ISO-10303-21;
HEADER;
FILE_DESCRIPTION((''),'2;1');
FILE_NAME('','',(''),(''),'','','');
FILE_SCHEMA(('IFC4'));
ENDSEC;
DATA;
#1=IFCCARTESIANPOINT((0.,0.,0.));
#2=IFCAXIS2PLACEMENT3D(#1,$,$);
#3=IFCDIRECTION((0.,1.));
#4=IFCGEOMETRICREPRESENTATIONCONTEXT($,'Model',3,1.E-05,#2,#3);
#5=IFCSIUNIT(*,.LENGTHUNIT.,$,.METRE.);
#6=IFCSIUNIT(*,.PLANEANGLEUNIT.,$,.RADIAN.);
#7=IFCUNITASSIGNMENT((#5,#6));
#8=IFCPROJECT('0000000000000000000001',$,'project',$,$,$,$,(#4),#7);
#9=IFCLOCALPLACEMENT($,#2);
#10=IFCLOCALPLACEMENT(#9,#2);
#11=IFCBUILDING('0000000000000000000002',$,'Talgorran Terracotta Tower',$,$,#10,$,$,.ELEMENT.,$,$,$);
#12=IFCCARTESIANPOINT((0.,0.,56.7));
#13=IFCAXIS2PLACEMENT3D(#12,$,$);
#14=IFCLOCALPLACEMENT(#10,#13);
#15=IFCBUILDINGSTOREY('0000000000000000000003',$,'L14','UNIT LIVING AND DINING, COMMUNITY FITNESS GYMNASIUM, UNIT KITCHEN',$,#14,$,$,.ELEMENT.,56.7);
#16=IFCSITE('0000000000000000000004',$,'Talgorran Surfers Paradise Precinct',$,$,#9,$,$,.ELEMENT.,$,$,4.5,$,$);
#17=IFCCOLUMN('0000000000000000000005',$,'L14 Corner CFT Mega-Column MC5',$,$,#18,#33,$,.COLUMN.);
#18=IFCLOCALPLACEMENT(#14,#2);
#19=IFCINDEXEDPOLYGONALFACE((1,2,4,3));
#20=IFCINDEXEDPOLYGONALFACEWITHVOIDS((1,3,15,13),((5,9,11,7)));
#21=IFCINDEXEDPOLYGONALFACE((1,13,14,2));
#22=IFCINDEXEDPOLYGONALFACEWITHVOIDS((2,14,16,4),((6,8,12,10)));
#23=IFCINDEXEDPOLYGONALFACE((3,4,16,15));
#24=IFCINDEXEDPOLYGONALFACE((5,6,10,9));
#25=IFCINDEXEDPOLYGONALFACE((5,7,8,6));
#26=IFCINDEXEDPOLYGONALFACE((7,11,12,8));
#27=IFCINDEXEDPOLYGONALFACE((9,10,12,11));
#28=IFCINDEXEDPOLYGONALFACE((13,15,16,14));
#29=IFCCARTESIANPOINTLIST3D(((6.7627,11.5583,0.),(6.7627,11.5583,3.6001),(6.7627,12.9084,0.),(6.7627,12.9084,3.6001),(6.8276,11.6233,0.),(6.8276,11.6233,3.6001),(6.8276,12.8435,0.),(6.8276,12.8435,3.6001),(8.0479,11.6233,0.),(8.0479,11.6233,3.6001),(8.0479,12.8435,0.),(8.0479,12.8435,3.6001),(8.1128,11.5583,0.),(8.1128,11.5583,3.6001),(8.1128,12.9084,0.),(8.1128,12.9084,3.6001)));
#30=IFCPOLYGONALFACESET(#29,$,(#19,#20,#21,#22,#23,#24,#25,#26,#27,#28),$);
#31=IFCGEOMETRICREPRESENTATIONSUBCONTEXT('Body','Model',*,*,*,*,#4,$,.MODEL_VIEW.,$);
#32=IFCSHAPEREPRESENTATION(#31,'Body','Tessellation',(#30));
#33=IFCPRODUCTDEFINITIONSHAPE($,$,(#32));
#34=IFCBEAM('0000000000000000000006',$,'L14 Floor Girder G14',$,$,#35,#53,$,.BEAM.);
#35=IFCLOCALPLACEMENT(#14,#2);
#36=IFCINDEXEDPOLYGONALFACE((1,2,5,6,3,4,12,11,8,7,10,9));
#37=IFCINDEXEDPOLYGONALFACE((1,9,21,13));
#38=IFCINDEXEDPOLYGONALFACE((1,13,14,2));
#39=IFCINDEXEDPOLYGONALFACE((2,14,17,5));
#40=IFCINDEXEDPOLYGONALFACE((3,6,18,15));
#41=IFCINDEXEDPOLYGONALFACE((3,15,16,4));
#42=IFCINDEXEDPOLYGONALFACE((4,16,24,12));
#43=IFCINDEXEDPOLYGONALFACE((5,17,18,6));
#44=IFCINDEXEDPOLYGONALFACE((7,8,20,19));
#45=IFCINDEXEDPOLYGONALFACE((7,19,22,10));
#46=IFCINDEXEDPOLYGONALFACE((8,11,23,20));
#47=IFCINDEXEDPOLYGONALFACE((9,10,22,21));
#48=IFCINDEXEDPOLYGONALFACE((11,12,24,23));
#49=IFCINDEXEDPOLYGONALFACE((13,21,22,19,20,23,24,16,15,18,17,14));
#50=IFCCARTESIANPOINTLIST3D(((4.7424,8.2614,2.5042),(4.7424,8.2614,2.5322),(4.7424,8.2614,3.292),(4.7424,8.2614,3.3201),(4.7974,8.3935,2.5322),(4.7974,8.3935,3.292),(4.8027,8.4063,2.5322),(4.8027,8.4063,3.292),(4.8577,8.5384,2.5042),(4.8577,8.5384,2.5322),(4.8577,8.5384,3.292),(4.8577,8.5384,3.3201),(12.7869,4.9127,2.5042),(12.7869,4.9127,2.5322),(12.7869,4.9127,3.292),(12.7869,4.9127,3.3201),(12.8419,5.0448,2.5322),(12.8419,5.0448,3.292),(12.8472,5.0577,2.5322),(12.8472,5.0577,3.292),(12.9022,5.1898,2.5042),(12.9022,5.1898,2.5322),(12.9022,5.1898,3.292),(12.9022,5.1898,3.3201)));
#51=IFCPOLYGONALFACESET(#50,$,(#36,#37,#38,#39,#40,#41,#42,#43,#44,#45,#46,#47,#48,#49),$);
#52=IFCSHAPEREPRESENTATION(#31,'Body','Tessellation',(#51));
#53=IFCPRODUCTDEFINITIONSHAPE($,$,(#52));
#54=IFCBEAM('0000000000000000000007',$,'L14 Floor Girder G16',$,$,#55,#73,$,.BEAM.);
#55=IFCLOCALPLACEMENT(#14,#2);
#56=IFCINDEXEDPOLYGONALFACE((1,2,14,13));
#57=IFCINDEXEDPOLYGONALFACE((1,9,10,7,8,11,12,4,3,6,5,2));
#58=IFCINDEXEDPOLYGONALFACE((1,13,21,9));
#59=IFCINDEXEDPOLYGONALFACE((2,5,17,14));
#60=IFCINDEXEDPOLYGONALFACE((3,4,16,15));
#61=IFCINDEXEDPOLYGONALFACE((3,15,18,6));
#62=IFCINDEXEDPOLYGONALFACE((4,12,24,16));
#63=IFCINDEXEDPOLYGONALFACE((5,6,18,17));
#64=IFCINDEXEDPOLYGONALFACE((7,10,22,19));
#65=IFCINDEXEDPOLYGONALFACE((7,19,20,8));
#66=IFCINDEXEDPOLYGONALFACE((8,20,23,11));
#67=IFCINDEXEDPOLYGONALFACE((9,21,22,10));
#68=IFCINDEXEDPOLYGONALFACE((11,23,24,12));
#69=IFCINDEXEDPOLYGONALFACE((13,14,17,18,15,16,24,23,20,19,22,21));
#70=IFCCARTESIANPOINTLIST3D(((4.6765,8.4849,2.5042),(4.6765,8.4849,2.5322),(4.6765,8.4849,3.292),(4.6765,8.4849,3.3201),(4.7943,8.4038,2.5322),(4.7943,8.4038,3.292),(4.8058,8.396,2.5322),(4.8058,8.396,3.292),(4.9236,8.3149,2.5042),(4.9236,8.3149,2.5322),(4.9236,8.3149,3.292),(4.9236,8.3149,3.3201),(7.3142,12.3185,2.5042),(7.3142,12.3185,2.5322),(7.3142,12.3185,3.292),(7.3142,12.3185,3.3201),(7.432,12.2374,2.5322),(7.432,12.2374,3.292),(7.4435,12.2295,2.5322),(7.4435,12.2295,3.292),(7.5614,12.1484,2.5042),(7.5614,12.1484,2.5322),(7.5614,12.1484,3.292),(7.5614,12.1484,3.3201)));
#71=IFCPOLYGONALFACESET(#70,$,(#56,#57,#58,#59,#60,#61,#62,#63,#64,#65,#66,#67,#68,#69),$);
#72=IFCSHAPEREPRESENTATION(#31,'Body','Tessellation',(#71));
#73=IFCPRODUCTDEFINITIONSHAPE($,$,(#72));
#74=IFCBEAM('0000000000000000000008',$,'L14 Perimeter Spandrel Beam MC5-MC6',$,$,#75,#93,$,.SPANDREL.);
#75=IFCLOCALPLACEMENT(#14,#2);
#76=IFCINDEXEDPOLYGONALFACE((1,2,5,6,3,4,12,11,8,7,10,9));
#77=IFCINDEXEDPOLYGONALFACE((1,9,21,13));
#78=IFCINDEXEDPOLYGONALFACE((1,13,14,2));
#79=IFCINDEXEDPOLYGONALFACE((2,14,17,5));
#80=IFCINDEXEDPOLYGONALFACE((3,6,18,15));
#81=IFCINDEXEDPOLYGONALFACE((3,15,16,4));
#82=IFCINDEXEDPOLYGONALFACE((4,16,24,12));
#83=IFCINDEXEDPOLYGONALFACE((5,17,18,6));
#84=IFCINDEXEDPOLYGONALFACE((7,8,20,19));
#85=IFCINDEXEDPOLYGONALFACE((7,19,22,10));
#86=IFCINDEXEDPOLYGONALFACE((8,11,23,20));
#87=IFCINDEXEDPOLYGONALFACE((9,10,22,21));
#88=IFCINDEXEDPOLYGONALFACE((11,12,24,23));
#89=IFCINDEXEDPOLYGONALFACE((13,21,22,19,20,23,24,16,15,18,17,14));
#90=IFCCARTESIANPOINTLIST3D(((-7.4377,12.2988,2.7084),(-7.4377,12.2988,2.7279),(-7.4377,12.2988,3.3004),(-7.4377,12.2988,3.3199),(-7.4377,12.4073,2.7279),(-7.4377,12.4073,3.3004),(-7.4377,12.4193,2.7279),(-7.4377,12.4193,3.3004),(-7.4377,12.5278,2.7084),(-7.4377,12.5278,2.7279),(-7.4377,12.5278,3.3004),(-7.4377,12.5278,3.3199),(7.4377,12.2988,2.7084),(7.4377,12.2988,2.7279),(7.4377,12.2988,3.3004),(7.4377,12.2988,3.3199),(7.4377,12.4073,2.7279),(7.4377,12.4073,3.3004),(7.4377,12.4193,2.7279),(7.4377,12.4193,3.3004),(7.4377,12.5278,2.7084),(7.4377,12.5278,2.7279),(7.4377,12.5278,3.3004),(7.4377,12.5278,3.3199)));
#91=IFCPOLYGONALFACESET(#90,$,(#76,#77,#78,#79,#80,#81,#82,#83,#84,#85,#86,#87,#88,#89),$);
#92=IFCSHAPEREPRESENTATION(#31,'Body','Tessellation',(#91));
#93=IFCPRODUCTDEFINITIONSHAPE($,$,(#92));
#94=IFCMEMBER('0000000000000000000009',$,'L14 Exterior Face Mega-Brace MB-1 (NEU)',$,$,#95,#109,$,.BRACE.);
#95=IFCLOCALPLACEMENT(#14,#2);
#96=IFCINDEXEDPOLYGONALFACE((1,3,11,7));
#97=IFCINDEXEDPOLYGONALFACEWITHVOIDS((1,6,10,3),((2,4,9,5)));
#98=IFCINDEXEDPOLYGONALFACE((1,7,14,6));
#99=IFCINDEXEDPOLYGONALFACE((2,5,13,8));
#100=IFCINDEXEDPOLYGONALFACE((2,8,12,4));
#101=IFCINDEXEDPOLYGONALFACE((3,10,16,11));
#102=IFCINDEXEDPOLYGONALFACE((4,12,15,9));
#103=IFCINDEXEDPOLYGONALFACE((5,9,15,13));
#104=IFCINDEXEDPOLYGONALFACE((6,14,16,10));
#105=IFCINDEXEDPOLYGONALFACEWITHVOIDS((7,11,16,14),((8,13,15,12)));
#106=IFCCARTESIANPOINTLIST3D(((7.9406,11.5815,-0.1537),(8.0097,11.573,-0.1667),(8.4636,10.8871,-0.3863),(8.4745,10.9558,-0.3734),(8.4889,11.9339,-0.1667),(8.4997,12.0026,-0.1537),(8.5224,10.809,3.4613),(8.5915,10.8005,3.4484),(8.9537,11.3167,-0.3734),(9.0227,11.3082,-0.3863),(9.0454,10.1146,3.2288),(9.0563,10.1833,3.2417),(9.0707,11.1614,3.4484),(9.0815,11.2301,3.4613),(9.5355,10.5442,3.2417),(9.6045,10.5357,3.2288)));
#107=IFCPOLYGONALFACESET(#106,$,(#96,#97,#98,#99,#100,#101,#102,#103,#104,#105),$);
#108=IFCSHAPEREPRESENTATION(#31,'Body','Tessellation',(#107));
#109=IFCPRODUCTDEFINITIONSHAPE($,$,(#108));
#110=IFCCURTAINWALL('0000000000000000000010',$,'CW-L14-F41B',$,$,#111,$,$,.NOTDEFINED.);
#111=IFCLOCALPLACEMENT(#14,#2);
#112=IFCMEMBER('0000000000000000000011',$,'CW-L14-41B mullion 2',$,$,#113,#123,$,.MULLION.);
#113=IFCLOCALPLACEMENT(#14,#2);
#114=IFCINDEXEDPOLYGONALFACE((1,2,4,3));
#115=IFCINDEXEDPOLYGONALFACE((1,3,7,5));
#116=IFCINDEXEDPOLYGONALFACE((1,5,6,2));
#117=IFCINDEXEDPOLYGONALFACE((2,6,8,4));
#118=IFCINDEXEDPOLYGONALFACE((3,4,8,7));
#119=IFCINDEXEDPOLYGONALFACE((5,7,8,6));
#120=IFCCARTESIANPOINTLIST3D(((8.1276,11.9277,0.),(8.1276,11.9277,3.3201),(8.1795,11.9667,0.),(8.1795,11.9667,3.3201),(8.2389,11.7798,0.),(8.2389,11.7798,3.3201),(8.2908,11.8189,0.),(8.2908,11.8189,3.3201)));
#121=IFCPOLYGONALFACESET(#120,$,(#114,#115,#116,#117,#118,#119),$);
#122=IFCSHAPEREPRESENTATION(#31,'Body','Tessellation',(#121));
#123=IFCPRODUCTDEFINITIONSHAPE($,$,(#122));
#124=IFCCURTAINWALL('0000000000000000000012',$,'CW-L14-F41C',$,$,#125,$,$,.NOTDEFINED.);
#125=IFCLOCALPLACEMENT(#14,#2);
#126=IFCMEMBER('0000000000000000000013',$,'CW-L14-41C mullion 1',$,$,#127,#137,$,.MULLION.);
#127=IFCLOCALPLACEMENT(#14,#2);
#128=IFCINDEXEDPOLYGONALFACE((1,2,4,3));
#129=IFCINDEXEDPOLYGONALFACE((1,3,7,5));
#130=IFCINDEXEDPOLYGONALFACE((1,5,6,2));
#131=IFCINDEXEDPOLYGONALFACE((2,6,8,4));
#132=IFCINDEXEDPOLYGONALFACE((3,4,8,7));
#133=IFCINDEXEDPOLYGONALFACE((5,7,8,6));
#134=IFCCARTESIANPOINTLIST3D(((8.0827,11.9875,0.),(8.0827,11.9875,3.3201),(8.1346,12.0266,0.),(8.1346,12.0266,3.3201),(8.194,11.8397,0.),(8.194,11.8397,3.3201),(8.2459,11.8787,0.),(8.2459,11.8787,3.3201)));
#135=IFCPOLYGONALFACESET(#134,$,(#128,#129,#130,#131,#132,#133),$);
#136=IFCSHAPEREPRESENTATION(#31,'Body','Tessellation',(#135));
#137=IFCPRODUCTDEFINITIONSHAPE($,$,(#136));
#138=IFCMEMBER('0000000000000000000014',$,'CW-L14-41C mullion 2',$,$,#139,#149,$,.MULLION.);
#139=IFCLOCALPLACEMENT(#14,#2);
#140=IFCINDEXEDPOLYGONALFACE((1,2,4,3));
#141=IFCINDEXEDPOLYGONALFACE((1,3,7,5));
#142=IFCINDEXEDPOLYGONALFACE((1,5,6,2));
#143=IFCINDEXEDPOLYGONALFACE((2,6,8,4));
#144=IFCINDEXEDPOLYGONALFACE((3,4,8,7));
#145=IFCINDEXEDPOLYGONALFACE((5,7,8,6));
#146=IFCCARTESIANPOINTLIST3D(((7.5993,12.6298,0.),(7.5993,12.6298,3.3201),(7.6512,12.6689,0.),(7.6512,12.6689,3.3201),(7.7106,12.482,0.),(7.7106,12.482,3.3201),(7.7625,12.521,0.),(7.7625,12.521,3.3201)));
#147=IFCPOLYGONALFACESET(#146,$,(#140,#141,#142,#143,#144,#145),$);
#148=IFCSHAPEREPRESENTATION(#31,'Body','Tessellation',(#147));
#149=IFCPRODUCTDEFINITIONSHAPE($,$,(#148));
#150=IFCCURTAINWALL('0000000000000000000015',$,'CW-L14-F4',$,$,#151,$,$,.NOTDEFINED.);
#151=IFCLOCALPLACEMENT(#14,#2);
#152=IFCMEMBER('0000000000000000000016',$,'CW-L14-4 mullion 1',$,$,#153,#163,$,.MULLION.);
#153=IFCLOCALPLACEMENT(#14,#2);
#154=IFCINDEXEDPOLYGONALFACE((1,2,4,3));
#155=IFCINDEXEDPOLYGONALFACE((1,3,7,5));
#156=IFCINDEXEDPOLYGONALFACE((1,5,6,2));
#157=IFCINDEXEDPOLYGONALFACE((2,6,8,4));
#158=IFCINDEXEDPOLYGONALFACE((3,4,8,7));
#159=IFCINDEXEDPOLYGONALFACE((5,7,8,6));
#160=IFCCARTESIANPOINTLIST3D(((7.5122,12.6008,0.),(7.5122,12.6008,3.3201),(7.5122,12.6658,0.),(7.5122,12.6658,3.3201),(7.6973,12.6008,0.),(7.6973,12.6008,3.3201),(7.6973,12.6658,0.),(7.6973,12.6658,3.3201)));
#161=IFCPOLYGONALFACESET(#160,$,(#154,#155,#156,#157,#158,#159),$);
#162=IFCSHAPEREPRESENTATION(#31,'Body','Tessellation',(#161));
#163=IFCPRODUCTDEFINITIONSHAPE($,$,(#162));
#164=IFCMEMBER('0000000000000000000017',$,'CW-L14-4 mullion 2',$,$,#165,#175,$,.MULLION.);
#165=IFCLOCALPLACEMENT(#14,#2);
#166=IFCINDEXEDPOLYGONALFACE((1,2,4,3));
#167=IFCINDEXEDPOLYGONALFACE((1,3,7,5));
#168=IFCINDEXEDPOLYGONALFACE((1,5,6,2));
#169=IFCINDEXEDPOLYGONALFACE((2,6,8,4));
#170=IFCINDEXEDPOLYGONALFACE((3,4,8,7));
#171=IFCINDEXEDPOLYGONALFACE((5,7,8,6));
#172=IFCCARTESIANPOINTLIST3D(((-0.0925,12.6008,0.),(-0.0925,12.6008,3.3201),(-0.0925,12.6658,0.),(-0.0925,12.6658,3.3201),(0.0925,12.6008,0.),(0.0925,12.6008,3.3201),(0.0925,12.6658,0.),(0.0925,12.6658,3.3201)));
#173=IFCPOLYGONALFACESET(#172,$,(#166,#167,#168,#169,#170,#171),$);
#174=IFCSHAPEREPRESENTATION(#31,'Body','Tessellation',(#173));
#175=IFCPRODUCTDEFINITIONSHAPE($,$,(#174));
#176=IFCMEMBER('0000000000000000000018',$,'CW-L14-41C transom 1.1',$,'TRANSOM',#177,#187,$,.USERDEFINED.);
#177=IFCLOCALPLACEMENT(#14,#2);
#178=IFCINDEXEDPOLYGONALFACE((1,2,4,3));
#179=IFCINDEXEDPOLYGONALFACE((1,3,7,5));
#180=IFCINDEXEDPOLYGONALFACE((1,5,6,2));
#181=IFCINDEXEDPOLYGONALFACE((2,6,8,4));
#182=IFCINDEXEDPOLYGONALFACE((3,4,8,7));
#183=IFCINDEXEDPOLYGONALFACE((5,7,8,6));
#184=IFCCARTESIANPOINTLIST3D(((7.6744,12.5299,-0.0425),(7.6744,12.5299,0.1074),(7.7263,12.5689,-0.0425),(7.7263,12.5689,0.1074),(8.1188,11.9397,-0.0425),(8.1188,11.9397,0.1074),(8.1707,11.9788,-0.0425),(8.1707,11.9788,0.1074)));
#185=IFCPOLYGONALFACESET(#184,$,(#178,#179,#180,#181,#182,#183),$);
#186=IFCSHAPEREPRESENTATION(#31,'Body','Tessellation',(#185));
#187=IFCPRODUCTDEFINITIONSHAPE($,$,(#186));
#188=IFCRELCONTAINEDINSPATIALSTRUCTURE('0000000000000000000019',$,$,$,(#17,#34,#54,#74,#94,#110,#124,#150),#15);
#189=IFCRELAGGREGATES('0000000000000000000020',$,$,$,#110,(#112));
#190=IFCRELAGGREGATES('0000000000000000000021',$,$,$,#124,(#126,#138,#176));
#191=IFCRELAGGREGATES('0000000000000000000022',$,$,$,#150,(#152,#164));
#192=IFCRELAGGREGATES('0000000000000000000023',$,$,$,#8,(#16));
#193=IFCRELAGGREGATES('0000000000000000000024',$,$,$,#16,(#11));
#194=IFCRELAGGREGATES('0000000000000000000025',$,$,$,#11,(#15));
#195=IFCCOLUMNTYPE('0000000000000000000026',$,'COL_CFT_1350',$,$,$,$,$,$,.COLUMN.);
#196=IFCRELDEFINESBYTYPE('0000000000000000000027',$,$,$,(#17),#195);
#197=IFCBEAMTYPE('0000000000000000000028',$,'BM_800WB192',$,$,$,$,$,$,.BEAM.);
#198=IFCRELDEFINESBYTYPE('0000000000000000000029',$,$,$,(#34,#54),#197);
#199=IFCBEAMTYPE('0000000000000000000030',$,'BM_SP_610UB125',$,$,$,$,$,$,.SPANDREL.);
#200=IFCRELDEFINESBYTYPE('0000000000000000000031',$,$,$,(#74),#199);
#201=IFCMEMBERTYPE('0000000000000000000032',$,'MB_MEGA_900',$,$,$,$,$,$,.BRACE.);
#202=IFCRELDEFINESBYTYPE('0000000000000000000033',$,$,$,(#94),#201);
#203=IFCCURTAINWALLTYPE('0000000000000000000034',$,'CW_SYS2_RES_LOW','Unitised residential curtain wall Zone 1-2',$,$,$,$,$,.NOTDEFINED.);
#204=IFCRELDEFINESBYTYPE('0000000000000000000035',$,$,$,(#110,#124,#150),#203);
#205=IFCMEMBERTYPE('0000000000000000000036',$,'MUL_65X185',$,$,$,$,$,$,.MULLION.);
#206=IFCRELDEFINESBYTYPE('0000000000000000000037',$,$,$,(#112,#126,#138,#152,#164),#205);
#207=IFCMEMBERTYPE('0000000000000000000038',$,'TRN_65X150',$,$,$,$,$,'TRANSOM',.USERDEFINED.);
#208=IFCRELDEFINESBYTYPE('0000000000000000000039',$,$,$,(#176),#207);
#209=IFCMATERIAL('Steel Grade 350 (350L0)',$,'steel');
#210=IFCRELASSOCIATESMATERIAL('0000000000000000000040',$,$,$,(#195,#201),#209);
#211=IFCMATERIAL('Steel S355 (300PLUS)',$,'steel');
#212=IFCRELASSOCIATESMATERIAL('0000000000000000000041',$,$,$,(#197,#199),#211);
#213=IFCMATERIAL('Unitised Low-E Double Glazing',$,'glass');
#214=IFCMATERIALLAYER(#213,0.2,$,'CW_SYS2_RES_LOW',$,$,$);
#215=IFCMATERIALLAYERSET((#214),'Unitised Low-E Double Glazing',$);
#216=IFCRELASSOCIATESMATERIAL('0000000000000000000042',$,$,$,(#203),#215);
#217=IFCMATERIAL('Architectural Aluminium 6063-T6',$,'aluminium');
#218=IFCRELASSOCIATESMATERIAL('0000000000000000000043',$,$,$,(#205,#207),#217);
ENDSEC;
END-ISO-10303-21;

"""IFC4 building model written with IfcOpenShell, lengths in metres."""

from ifc_helpers import new_model, si_unit, direction, frame, origin, origin_2d, place, context, subcontext, project, spatial, rectangle, hollow_rectangle, i_section, extrude, material, layer, layer_set, material_profile, profile_set, type_object, element, aggregate, save


model = new_model("IFC4")

# Units and contexts
model_context = context("Model", 3, precision=1e-05, world=origin(), true_north=direction((0.0, 1.0)))
body_context = subcontext(model_context, "Body", "Model", "MODEL_VIEW")
ifc_project = project(units=[si_unit("LENGTHUNIT", "METRE"), si_unit("PLANEANGLEUNIT", "RADIAN")], contexts=[model_context])

# Site, building, storey
site_placement = place(None, origin())
site = spatial("IfcSite", under=ifc_project, at=site_placement, Name="Talgorran Surfers Paradise Precinct", CompositionType="ELEMENT", RefElevation=4.5)
building_placement = place(site_placement, origin())
building = spatial("IfcBuilding", under=site, at=building_placement, Name="Talgorran Terracotta Tower", CompositionType="ELEMENT")
storey_placement = place(building_placement, frame((0.0, 0.0, 56.7)))
storey = spatial("IfcBuildingStorey", under=building, at=storey_placement, Name="L14", Description="UNIT LIVING AND DINING, COMMUNITY FITNESS GYMNASIUM, UNIT KITCHEN", CompositionType="ELEMENT", Elevation=56.7)

# Column
ifc_material_1 = material(Name="Steel Grade 350 (350L0)", Category="steel")
ifc_material_profile_1 = material_profile(ifc_material_1, hollow_rectangle(XDim=1.3501, YDim=1.3501, WallThickness=0.0649, at=origin_2d()), Name="CFT1350X1350X65")
ifc_profile_set_1 = profile_set([ifc_material_profile_1], Name="Steel Grade 350 (350L0)")
column_type = type_object("IfcColumnType", Name="COL_CFT_1350", PredefinedType="COLUMN", material=ifc_profile_set_1)
column_placement = place(storey_placement, frame((7.4377, 12.2334, 0.0), z_axis=(0.0, 0.0, 1.0), x_axis=(1.0, 0.0, 0.0)))
element("IfcColumn", 1, at=column_placement, inside=storey, type_object=column_type, Name="L14 Corner CFT Mega-Column MC5", PredefinedType="COLUMN", context=body_context, shape_type="SweptSolid", body=[
    extrude(hollow_rectangle(XDim=1.3501, YDim=1.3501, WallThickness=0.0649, at=origin_2d()), origin(), (0.0, 0.0, 1.0), 3.6001),
])

# Beams
ifc_material_2 = material(Name="Steel S355 (300PLUS)", Category="steel")
ifc_material_profile_2 = material_profile(ifc_material_2, i_section(OverallWidth=0.3, OverallDepth=0.8159, WebThickness=0.0139, FlangeThickness=0.0281, at=origin_2d()), Name="800WB192")
ifc_profile_set_2 = profile_set([ifc_material_profile_2], Name="Steel S355 (300PLUS)")
beam_type_1 = type_object("IfcBeamType", Name="BM_800WB192", PredefinedType="BEAM", material=ifc_profile_set_2)
beam_1_placement = place(storey_placement, frame((4.8, 8.3999, 2.9121), z_axis=(0.923208, -0.384301, 0.0), x_axis=(0.384301, 0.923208, 0.0)))
element("IfcBeam", 2, at=beam_1_placement, inside=storey, type_object=beam_type_1, Name="L14 Floor Girder G14", PredefinedType="BEAM", context=body_context, shape_type="SweptSolid", body=[
    extrude(i_section(OverallWidth=0.3, OverallDepth=0.8159, WebThickness=0.0139, FlangeThickness=0.0281, at=origin_2d()), origin(), (0.0, 0.0, 1.0), 8.7136),
])
beam_2_placement = place(storey_placement, frame((4.8, 8.3999, 2.9121), z_axis=(0.566845, 0.823824, 0.0), x_axis=(-0.823824, 0.566845, 0.0)))
element("IfcBeam", 3, at=beam_2_placement, inside=storey, type_object=beam_type_1, Name="L14 Floor Girder G16", PredefinedType="BEAM", context=body_context, shape_type="SweptSolid", body=[
    extrude(i_section(OverallWidth=0.3, OverallDepth=0.8159, WebThickness=0.0139, FlangeThickness=0.0281, at=origin_2d()), origin(), (0.0, 0.0, 1.0), 4.6533),
])
ifc_material_profile_3 = material_profile(ifc_material_2, i_section(OverallWidth=0.229, OverallDepth=0.6116, WebThickness=0.012, FlangeThickness=0.0195, at=origin_2d()), Name="610UB125")
ifc_profile_set_3 = profile_set([ifc_material_profile_3], Name="Steel S355 (300PLUS)")
beam_type_2 = type_object("IfcBeamType", Name="BM_SP_610UB125", PredefinedType="SPANDREL", material=ifc_profile_set_3)
beam_3_placement = place(storey_placement, frame((7.4377, 12.4133, 3.0142), z_axis=(-1.0, 0.0, 0.0), x_axis=(0.0, -1.0, 0.0)))
element("IfcBeam", 4, at=beam_3_placement, inside=storey, type_object=beam_type_2, Name="L14 Perimeter Spandrel Beam MC5-MC6", PredefinedType="SPANDREL", context=body_context, shape_type="SweptSolid", body=[
    extrude(i_section(OverallWidth=0.229, OverallDepth=0.6116, WebThickness=0.012, FlangeThickness=0.0195, at=origin_2d()), origin(), (0.0, 0.0, 1.0), 14.8755),
])

# Member
ifc_material_profile_4 = material_profile(ifc_material_1, hollow_rectangle(XDim=0.7, YDim=0.8999, WallThickness=0.05, at=origin_2d()), Name="WBOX900X700X50")
ifc_profile_set_4 = profile_set([ifc_material_profile_4], Name="Steel Grade 350 (350L0)")
member_type_1 = type_object("IfcMemberType", Name="MB_MEGA_900", PredefinedType="BRACE", material=ifc_profile_set_4)
member_1_placement = place(storey_placement, frame((8.4817, 11.4448, -0.27), z_axis=(0.155471, -0.206424, 0.966032), x_axis=(0.798787, 0.601615, 0.0)))
element("IfcMember", 5, at=member_1_placement, inside=storey, type_object=member_type_1, Name="L14 Exterior Face Mega-Brace MB-1 (NEU)", PredefinedType="BRACE", context=body_context, shape_type="SweptSolid", body=[
    extrude(hollow_rectangle(XDim=0.7, YDim=0.8999, WallThickness=0.05, at=origin_2d()), origin(), (0.0, 0.0, 1.0), 3.7422),
])

# Curtain wall, member
ifc_material_3 = material(Name="Unitised Low-E Double Glazing", Category="glass")
ifc_layer_1 = layer(ifc_material_3, 0.2, Name="CW_SYS2_RES_LOW")
ifc_layer_set_1 = layer_set([ifc_layer_1], Name="Unitised Low-E Double Glazing")
curtain_wall_type = type_object("IfcCurtainWallType", Name="CW_SYS2_RES_LOW", Description="Unitised residential curtain wall Zone 1-2", PredefinedType="NOTDEFINED", material=ifc_layer_set_1)
curtain_wall_1_placement = place(storey_placement, origin())
curtain_wall_1 = element("IfcCurtainWall", 6, at=curtain_wall_1_placement, inside=storey, type_object=curtain_wall_type, Name="CW-L14-F41B", PredefinedType="NOTDEFINED")
ifc_material_4 = material(Name="Architectural Aluminium 6063-T6", Category="aluminium")
ifc_material_profile_5 = material_profile(ifc_material_4, rectangle(XDim=0.0649, YDim=0.1851, at=origin_2d()), Name="CWM65X185")
ifc_profile_set_5 = profile_set([ifc_material_profile_5], Name="Architectural Aluminium 6063-T6")
member_type_2 = type_object("IfcMemberType", Name="MUL_65X185", PredefinedType="MULLION", material=ifc_profile_set_5)
member_2_placement = place(storey_placement, frame((8.2092, 11.8733, 0.0), z_axis=(0.0, 0.0, 1.0), x_axis=(-0.798917, -0.601441, 0.0)))
member_2 = element("IfcMember", 7, at=member_2_placement, type_object=member_type_2, Name="CW-L14-41B mullion 2", PredefinedType="MULLION", context=body_context, shape_type="SweptSolid", body=[
    extrude(rectangle(XDim=0.0649, YDim=0.1851, at=origin_2d()), origin(), (0.0, 0.0, 1.0), 3.3201),
])

# Curtain walls, members
curtain_wall_2_placement = place(storey_placement, origin())
curtain_wall_2 = element("IfcCurtainWall", 8, at=curtain_wall_2_placement, inside=storey, type_object=curtain_wall_type, Name="CW-L14-F41C", PredefinedType="NOTDEFINED")
member_3_placement = place(storey_placement, frame((8.1643, 11.9331, 0.0), z_axis=(0.0, 0.0, 1.0), x_axis=(-0.798935, -0.601417, 0.0)))
member_3 = element("IfcMember", 9, at=member_3_placement, type_object=member_type_2, Name="CW-L14-41C mullion 1", PredefinedType="MULLION", context=body_context, shape_type="SweptSolid", body=[
    extrude(rectangle(XDim=0.0649, YDim=0.1851, at=origin_2d()), origin(), (0.0, 0.0, 1.0), 3.3201),
])
member_4_placement = place(storey_placement, frame((7.6809, 12.5754, 0.0), z_axis=(0.0, 0.0, 1.0), x_axis=(-0.798935, -0.601417, 0.0)))
member_4 = element("IfcMember", 10, at=member_4_placement, type_object=member_type_2, Name="CW-L14-41C mullion 2", PredefinedType="MULLION", context=body_context, shape_type="SweptSolid", body=[
    extrude(rectangle(XDim=0.0649, YDim=0.1851, at=origin_2d()), origin(), (0.0, 0.0, 1.0), 3.3201),
])
curtain_wall_3_placement = place(storey_placement, origin())
curtain_wall_3 = element("IfcCurtainWall", 11, at=curtain_wall_3_placement, inside=storey, type_object=curtain_wall_type, Name="CW-L14-F4", PredefinedType="NOTDEFINED")
member_5_placement = place(storey_placement, frame((7.6047, 12.6333, 0.0), z_axis=(0.0, 0.0, 1.0), x_axis=(0.0, -1.0, 0.0)))
member_5 = element("IfcMember", 12, at=member_5_placement, type_object=member_type_2, Name="CW-L14-4 mullion 1", PredefinedType="MULLION", context=body_context, shape_type="SweptSolid", body=[
    extrude(rectangle(XDim=0.0649, YDim=0.1851, at=origin_2d()), origin(), (0.0, 0.0, 1.0), 3.3201),
])
member_6_placement = place(storey_placement, frame((0.0, 12.6333, 0.0), z_axis=(0.0, 0.0, 1.0), x_axis=(0.0, -1.0, 0.0)))
member_6 = element("IfcMember", 13, at=member_6_placement, type_object=member_type_2, Name="CW-L14-4 mullion 2", PredefinedType="MULLION", context=body_context, shape_type="SweptSolid", body=[
    extrude(rectangle(XDim=0.0649, YDim=0.1851, at=origin_2d()), origin(), (0.0, 0.0, 1.0), 3.3201),
])

# Member
ifc_material_profile_6 = material_profile(ifc_material_4, rectangle(XDim=0.0649, YDim=0.1499, at=origin_2d()), Name="CWT65X150")
ifc_profile_set_6 = profile_set([ifc_material_profile_6], Name="Architectural Aluminium 6063-T6")
member_type_3 = type_object("IfcMemberType", Name="TRN_65X150", ElementType="TRANSOM", PredefinedType="USERDEFINED", material=ifc_profile_set_6)
member_7_placement = place(storey_placement, frame((8.1448, 11.9592, 0.0325), z_axis=(-0.601532, 0.798848, 0.0), x_axis=(-0.798848, -0.601532, 0.0)))
member_7 = element("IfcMember", 14, at=member_7_placement, type_object=member_type_3, Name="CW-L14-41C transom 1.1", ObjectType="TRANSOM", PredefinedType="USERDEFINED", context=body_context, shape_type="SweptSolid", body=[
    extrude(rectangle(XDim=0.0649, YDim=0.1499, at=origin_2d()), origin(), (0.0, 0.0, 1.0), 0.7388),
])

aggregate(curtain_wall_1, [member_2])
aggregate(curtain_wall_2, [member_3, member_4, member_7])
aggregate(curtain_wall_3, [member_5, member_6])

save(model, "model.ifc")
